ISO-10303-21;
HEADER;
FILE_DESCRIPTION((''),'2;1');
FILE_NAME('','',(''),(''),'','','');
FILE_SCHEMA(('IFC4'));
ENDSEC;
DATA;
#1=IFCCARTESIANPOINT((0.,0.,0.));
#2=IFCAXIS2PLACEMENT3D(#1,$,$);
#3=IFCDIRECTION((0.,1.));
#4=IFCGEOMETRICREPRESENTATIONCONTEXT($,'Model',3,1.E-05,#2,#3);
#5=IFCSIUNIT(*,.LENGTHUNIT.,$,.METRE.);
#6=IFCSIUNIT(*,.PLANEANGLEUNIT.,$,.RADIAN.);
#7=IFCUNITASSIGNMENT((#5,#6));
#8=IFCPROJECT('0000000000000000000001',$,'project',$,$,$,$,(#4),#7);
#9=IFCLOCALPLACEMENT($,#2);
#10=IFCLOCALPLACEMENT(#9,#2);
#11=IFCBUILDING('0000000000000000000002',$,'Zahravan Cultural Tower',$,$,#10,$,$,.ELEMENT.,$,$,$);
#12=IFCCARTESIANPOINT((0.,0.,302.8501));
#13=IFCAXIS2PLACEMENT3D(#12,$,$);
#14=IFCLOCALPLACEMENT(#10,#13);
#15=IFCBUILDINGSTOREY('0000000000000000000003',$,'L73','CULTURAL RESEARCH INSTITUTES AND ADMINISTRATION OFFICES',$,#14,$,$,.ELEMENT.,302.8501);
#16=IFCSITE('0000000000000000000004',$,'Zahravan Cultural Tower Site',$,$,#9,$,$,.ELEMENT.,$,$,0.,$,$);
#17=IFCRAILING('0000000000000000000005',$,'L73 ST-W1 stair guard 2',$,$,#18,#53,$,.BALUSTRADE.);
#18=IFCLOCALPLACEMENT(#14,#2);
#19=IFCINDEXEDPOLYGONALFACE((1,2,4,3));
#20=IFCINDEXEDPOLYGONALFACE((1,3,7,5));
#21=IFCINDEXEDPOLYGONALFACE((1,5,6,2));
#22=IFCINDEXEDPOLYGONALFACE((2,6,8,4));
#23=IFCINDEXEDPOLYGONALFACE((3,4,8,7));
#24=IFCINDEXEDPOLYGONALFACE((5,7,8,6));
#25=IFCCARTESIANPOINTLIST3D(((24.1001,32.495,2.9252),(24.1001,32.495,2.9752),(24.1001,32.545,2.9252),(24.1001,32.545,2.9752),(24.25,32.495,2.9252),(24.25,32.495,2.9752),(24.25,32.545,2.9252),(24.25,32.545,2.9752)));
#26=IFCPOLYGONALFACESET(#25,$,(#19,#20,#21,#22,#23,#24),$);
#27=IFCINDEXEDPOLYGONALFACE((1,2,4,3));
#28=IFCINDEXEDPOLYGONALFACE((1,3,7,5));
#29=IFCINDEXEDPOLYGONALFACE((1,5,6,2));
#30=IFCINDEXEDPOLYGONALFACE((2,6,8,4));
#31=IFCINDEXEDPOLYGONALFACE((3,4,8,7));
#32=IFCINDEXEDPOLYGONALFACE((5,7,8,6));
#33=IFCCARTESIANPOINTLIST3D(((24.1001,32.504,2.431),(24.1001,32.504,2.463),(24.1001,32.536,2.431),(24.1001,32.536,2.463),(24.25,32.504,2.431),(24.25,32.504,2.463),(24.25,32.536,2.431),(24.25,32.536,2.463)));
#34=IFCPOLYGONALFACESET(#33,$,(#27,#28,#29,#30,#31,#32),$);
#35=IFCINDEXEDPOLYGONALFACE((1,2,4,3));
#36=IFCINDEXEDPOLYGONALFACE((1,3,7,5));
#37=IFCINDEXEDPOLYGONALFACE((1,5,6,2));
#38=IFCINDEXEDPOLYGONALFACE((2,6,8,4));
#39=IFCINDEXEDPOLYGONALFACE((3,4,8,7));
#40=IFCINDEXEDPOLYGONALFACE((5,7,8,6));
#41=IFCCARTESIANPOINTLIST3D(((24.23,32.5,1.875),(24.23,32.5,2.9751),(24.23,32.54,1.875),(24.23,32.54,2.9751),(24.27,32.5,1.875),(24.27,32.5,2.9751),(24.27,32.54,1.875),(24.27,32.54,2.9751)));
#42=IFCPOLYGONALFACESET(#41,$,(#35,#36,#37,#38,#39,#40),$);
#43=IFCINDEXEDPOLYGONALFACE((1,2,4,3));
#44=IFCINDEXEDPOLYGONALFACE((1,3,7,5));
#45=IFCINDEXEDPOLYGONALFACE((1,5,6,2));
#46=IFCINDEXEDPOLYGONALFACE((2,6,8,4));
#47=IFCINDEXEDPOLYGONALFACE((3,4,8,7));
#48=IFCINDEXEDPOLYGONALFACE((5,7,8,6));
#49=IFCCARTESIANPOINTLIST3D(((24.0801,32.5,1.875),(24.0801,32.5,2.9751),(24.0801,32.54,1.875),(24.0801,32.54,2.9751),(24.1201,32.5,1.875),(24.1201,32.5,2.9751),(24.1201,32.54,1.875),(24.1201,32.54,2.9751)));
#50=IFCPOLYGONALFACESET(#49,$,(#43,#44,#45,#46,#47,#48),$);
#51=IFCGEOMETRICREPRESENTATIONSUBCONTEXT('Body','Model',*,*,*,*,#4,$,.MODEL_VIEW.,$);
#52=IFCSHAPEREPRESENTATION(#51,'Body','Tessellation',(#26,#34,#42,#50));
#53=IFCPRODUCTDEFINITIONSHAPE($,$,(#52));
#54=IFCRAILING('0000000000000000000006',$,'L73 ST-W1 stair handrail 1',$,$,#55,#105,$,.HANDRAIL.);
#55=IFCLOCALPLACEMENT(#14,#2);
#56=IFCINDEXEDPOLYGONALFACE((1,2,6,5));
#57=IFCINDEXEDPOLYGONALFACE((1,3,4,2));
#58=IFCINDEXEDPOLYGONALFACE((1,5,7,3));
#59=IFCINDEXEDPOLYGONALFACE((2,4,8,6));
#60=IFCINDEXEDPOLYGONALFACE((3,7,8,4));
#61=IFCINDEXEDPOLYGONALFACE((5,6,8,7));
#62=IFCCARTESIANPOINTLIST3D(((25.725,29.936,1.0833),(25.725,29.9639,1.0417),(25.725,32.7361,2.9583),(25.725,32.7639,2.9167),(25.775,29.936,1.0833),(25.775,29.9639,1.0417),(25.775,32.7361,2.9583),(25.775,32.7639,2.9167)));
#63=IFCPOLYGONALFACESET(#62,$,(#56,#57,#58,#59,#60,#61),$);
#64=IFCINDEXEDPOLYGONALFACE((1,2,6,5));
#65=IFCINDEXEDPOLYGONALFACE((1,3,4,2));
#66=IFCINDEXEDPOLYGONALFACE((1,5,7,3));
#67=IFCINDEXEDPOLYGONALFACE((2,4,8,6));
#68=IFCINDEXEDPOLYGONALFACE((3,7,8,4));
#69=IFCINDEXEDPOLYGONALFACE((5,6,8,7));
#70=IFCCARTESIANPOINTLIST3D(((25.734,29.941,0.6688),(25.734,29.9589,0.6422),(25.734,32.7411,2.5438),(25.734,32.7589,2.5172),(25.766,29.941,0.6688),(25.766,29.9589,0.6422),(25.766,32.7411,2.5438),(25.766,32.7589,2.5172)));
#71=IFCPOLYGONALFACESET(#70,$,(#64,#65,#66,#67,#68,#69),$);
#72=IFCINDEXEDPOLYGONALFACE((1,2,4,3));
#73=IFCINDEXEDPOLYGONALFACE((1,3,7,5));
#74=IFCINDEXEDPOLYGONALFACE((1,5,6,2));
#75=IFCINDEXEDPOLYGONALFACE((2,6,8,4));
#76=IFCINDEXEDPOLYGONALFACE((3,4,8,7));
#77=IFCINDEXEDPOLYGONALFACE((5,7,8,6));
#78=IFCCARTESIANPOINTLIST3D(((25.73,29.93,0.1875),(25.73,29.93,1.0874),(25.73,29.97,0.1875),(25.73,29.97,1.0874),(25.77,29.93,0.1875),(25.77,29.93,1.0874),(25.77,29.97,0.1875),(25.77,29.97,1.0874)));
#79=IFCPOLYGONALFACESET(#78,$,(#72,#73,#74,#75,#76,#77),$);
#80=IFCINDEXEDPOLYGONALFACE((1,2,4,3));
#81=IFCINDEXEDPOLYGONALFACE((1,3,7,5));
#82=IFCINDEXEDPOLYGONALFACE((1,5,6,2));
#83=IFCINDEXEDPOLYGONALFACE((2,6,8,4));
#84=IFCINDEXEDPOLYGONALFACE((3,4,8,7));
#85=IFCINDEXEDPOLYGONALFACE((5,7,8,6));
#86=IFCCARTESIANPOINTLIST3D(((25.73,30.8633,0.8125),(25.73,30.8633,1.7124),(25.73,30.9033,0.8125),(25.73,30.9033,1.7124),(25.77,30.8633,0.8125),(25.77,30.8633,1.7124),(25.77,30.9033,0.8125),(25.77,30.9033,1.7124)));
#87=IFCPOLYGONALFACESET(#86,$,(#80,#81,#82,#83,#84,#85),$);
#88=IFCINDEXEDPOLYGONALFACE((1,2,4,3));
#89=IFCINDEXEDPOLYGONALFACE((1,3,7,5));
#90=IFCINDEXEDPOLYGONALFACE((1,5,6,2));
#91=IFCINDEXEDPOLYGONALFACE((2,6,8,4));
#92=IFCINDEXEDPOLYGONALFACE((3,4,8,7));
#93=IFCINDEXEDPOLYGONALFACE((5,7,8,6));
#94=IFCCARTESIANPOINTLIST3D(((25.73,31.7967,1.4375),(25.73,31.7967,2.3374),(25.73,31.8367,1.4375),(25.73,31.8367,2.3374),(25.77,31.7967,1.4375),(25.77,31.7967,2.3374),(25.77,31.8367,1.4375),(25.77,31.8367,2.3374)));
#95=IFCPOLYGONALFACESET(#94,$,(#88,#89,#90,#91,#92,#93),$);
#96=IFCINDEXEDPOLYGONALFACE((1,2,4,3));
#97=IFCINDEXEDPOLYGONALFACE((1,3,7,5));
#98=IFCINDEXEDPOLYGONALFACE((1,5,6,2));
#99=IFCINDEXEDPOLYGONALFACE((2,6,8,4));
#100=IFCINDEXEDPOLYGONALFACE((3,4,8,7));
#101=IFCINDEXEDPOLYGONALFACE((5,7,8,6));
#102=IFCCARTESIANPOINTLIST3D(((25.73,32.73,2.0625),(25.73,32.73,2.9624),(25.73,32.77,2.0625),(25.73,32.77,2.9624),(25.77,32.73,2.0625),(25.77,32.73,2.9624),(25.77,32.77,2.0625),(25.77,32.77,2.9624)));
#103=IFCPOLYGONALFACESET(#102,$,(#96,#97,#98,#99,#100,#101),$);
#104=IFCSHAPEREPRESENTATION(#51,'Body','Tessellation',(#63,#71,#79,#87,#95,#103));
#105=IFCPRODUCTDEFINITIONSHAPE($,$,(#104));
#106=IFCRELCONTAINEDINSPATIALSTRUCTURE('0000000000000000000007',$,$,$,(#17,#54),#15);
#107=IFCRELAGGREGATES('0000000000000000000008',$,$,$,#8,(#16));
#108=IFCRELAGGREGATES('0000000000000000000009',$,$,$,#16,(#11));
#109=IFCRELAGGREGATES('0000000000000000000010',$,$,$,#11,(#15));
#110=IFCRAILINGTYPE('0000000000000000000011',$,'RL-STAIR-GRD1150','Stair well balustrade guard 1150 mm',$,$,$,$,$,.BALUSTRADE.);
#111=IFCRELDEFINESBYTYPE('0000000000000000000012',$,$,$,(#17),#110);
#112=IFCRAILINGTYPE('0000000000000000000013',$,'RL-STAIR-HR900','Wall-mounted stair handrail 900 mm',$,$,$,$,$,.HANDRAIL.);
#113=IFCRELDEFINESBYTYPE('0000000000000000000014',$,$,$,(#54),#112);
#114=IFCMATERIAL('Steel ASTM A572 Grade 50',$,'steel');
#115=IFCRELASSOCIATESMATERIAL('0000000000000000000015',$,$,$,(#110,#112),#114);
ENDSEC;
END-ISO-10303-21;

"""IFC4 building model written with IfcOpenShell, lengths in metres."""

from ifc_helpers import new_model, si_unit, direction, frame, origin, origin_2d, place, context, subcontext, project, spatial, rectangle, extrude, material, type_object, element, save


model = new_model("IFC4")

# Units and contexts
model_context = context("Model", 3, precision=1e-05, world=origin(), true_north=direction((0.0, 1.0)))
body_context = subcontext(model_context, "Body", "Model", "MODEL_VIEW")
ifc_project = project(units=[si_unit("LENGTHUNIT", "METRE"), si_unit("PLANEANGLEUNIT", "RADIAN")], contexts=[model_context])

# Site, building, storey
site_placement = place(None, origin())
site = spatial("IfcSite", under=ifc_project, at=site_placement, Name="Zahravan Cultural Tower Site", CompositionType="ELEMENT", RefElevation=0.0)
building_placement = place(site_placement, origin())
building = spatial("IfcBuilding", under=site, at=building_placement, Name="Zahravan Cultural Tower", CompositionType="ELEMENT")
storey_placement = place(building_placement, frame((0.0, 0.0, 302.8501)))
storey = spatial("IfcBuildingStorey", under=building, at=storey_placement, Name="L73", Description="CULTURAL RESEARCH INSTITUTES AND ADMINISTRATION OFFICES", CompositionType="ELEMENT", Elevation=302.8501)

# Shared definitions
ifc_material_1 = material(Name="Steel ASTM A572 Grade 50", Category="steel")

# Railings
railing_type_1 = type_object("IfcRailingType", Name="RL-STAIR-GRD1150", Description="Stair well balustrade guard 1150 mm", PredefinedType="BALUSTRADE", material=ifc_material_1)
railing_1_placement = place(storey_placement, frame((24.25, 32.52, 1.875)))
element("IfcRailing", 1, at=railing_1_placement, inside=storey, type_object=railing_type_1, Name="L73 ST-W1 stair guard 2", PredefinedType="BALUSTRADE", context=body_context, shape_type="SweptSolid", body=[
    extrude(rectangle(XDim=0.05, YDim=0.05, at=origin_2d()), frame((0.0, 0.0, 1.0752), z_axis=(-1.0, 0.0, 0.0), x_axis=(0.0, -1.0, 0.0)), (0.0, 0.0, 1.0), 0.1499),
    extrude(rectangle(XDim=0.032, YDim=0.032, at=origin_2d()), frame((0.0, 0.0, 0.572), z_axis=(-1.0, 0.0, 0.0), x_axis=(0.0, -1.0, 0.0)), (0.0, 0.0, 1.0), 0.1499),
    extrude(rectangle(XDim=0.04, YDim=0.04, at=origin_2d()), origin(), (0.0, 0.0, 1.0), 1.1001),
    extrude(rectangle(XDim=0.04, YDim=0.04, at=origin_2d()), frame((-0.1499, 0.0, 0.0)), (0.0, 0.0, 1.0), 1.1001),
])
railing_type_2 = type_object("IfcRailingType", Name="RL-STAIR-HR900", Description="Wall-mounted stair handrail 900 mm", PredefinedType="HANDRAIL", material=ifc_material_1)
railing_2_placement = place(storey_placement, frame((25.75, 29.95, 0.1875)))
element("IfcRailing", 2, at=railing_2_placement, inside=storey, type_object=railing_type_2, Name="L73 ST-W1 stair handrail 1", PredefinedType="HANDRAIL", context=body_context, shape_type="SweptSolid", body=[
    extrude(rectangle(XDim=0.05, YDim=0.05, at=origin_2d()), frame((0.0, 0.0, 0.875), z_axis=(0.0, 0.830912, 0.556404), x_axis=(-1.0, 0.0, 0.0)), (0.0, 0.0, 1.0), 3.3699),
    extrude(rectangle(XDim=0.032, YDim=0.032, at=origin_2d()), frame((0.0, 0.0, 0.468), z_axis=(0.0, 0.830912, 0.556404), x_axis=(-1.0, 0.0, 0.0)), (0.0, 0.0, 1.0), 3.3699),
    extrude(rectangle(XDim=0.04, YDim=0.04, at=origin_2d()), origin(), (0.0, 0.0, 1.0), 0.8999),
    extrude(rectangle(XDim=0.04, YDim=0.04, at=origin_2d()), frame((0.0, 0.9333, 0.625)), (0.0, 0.0, 1.0), 0.8999),
    extrude(rectangle(XDim=0.04, YDim=0.04, at=origin_2d()), frame((0.0, 1.8667, 1.25)), (0.0, 0.0, 1.0), 0.8999),
    extrude(rectangle(XDim=0.04, YDim=0.04, at=origin_2d()), frame((0.0, 2.8, 1.875)), (0.0, 0.0, 1.0), 0.8999),
])

save(model, "model.ifc")
